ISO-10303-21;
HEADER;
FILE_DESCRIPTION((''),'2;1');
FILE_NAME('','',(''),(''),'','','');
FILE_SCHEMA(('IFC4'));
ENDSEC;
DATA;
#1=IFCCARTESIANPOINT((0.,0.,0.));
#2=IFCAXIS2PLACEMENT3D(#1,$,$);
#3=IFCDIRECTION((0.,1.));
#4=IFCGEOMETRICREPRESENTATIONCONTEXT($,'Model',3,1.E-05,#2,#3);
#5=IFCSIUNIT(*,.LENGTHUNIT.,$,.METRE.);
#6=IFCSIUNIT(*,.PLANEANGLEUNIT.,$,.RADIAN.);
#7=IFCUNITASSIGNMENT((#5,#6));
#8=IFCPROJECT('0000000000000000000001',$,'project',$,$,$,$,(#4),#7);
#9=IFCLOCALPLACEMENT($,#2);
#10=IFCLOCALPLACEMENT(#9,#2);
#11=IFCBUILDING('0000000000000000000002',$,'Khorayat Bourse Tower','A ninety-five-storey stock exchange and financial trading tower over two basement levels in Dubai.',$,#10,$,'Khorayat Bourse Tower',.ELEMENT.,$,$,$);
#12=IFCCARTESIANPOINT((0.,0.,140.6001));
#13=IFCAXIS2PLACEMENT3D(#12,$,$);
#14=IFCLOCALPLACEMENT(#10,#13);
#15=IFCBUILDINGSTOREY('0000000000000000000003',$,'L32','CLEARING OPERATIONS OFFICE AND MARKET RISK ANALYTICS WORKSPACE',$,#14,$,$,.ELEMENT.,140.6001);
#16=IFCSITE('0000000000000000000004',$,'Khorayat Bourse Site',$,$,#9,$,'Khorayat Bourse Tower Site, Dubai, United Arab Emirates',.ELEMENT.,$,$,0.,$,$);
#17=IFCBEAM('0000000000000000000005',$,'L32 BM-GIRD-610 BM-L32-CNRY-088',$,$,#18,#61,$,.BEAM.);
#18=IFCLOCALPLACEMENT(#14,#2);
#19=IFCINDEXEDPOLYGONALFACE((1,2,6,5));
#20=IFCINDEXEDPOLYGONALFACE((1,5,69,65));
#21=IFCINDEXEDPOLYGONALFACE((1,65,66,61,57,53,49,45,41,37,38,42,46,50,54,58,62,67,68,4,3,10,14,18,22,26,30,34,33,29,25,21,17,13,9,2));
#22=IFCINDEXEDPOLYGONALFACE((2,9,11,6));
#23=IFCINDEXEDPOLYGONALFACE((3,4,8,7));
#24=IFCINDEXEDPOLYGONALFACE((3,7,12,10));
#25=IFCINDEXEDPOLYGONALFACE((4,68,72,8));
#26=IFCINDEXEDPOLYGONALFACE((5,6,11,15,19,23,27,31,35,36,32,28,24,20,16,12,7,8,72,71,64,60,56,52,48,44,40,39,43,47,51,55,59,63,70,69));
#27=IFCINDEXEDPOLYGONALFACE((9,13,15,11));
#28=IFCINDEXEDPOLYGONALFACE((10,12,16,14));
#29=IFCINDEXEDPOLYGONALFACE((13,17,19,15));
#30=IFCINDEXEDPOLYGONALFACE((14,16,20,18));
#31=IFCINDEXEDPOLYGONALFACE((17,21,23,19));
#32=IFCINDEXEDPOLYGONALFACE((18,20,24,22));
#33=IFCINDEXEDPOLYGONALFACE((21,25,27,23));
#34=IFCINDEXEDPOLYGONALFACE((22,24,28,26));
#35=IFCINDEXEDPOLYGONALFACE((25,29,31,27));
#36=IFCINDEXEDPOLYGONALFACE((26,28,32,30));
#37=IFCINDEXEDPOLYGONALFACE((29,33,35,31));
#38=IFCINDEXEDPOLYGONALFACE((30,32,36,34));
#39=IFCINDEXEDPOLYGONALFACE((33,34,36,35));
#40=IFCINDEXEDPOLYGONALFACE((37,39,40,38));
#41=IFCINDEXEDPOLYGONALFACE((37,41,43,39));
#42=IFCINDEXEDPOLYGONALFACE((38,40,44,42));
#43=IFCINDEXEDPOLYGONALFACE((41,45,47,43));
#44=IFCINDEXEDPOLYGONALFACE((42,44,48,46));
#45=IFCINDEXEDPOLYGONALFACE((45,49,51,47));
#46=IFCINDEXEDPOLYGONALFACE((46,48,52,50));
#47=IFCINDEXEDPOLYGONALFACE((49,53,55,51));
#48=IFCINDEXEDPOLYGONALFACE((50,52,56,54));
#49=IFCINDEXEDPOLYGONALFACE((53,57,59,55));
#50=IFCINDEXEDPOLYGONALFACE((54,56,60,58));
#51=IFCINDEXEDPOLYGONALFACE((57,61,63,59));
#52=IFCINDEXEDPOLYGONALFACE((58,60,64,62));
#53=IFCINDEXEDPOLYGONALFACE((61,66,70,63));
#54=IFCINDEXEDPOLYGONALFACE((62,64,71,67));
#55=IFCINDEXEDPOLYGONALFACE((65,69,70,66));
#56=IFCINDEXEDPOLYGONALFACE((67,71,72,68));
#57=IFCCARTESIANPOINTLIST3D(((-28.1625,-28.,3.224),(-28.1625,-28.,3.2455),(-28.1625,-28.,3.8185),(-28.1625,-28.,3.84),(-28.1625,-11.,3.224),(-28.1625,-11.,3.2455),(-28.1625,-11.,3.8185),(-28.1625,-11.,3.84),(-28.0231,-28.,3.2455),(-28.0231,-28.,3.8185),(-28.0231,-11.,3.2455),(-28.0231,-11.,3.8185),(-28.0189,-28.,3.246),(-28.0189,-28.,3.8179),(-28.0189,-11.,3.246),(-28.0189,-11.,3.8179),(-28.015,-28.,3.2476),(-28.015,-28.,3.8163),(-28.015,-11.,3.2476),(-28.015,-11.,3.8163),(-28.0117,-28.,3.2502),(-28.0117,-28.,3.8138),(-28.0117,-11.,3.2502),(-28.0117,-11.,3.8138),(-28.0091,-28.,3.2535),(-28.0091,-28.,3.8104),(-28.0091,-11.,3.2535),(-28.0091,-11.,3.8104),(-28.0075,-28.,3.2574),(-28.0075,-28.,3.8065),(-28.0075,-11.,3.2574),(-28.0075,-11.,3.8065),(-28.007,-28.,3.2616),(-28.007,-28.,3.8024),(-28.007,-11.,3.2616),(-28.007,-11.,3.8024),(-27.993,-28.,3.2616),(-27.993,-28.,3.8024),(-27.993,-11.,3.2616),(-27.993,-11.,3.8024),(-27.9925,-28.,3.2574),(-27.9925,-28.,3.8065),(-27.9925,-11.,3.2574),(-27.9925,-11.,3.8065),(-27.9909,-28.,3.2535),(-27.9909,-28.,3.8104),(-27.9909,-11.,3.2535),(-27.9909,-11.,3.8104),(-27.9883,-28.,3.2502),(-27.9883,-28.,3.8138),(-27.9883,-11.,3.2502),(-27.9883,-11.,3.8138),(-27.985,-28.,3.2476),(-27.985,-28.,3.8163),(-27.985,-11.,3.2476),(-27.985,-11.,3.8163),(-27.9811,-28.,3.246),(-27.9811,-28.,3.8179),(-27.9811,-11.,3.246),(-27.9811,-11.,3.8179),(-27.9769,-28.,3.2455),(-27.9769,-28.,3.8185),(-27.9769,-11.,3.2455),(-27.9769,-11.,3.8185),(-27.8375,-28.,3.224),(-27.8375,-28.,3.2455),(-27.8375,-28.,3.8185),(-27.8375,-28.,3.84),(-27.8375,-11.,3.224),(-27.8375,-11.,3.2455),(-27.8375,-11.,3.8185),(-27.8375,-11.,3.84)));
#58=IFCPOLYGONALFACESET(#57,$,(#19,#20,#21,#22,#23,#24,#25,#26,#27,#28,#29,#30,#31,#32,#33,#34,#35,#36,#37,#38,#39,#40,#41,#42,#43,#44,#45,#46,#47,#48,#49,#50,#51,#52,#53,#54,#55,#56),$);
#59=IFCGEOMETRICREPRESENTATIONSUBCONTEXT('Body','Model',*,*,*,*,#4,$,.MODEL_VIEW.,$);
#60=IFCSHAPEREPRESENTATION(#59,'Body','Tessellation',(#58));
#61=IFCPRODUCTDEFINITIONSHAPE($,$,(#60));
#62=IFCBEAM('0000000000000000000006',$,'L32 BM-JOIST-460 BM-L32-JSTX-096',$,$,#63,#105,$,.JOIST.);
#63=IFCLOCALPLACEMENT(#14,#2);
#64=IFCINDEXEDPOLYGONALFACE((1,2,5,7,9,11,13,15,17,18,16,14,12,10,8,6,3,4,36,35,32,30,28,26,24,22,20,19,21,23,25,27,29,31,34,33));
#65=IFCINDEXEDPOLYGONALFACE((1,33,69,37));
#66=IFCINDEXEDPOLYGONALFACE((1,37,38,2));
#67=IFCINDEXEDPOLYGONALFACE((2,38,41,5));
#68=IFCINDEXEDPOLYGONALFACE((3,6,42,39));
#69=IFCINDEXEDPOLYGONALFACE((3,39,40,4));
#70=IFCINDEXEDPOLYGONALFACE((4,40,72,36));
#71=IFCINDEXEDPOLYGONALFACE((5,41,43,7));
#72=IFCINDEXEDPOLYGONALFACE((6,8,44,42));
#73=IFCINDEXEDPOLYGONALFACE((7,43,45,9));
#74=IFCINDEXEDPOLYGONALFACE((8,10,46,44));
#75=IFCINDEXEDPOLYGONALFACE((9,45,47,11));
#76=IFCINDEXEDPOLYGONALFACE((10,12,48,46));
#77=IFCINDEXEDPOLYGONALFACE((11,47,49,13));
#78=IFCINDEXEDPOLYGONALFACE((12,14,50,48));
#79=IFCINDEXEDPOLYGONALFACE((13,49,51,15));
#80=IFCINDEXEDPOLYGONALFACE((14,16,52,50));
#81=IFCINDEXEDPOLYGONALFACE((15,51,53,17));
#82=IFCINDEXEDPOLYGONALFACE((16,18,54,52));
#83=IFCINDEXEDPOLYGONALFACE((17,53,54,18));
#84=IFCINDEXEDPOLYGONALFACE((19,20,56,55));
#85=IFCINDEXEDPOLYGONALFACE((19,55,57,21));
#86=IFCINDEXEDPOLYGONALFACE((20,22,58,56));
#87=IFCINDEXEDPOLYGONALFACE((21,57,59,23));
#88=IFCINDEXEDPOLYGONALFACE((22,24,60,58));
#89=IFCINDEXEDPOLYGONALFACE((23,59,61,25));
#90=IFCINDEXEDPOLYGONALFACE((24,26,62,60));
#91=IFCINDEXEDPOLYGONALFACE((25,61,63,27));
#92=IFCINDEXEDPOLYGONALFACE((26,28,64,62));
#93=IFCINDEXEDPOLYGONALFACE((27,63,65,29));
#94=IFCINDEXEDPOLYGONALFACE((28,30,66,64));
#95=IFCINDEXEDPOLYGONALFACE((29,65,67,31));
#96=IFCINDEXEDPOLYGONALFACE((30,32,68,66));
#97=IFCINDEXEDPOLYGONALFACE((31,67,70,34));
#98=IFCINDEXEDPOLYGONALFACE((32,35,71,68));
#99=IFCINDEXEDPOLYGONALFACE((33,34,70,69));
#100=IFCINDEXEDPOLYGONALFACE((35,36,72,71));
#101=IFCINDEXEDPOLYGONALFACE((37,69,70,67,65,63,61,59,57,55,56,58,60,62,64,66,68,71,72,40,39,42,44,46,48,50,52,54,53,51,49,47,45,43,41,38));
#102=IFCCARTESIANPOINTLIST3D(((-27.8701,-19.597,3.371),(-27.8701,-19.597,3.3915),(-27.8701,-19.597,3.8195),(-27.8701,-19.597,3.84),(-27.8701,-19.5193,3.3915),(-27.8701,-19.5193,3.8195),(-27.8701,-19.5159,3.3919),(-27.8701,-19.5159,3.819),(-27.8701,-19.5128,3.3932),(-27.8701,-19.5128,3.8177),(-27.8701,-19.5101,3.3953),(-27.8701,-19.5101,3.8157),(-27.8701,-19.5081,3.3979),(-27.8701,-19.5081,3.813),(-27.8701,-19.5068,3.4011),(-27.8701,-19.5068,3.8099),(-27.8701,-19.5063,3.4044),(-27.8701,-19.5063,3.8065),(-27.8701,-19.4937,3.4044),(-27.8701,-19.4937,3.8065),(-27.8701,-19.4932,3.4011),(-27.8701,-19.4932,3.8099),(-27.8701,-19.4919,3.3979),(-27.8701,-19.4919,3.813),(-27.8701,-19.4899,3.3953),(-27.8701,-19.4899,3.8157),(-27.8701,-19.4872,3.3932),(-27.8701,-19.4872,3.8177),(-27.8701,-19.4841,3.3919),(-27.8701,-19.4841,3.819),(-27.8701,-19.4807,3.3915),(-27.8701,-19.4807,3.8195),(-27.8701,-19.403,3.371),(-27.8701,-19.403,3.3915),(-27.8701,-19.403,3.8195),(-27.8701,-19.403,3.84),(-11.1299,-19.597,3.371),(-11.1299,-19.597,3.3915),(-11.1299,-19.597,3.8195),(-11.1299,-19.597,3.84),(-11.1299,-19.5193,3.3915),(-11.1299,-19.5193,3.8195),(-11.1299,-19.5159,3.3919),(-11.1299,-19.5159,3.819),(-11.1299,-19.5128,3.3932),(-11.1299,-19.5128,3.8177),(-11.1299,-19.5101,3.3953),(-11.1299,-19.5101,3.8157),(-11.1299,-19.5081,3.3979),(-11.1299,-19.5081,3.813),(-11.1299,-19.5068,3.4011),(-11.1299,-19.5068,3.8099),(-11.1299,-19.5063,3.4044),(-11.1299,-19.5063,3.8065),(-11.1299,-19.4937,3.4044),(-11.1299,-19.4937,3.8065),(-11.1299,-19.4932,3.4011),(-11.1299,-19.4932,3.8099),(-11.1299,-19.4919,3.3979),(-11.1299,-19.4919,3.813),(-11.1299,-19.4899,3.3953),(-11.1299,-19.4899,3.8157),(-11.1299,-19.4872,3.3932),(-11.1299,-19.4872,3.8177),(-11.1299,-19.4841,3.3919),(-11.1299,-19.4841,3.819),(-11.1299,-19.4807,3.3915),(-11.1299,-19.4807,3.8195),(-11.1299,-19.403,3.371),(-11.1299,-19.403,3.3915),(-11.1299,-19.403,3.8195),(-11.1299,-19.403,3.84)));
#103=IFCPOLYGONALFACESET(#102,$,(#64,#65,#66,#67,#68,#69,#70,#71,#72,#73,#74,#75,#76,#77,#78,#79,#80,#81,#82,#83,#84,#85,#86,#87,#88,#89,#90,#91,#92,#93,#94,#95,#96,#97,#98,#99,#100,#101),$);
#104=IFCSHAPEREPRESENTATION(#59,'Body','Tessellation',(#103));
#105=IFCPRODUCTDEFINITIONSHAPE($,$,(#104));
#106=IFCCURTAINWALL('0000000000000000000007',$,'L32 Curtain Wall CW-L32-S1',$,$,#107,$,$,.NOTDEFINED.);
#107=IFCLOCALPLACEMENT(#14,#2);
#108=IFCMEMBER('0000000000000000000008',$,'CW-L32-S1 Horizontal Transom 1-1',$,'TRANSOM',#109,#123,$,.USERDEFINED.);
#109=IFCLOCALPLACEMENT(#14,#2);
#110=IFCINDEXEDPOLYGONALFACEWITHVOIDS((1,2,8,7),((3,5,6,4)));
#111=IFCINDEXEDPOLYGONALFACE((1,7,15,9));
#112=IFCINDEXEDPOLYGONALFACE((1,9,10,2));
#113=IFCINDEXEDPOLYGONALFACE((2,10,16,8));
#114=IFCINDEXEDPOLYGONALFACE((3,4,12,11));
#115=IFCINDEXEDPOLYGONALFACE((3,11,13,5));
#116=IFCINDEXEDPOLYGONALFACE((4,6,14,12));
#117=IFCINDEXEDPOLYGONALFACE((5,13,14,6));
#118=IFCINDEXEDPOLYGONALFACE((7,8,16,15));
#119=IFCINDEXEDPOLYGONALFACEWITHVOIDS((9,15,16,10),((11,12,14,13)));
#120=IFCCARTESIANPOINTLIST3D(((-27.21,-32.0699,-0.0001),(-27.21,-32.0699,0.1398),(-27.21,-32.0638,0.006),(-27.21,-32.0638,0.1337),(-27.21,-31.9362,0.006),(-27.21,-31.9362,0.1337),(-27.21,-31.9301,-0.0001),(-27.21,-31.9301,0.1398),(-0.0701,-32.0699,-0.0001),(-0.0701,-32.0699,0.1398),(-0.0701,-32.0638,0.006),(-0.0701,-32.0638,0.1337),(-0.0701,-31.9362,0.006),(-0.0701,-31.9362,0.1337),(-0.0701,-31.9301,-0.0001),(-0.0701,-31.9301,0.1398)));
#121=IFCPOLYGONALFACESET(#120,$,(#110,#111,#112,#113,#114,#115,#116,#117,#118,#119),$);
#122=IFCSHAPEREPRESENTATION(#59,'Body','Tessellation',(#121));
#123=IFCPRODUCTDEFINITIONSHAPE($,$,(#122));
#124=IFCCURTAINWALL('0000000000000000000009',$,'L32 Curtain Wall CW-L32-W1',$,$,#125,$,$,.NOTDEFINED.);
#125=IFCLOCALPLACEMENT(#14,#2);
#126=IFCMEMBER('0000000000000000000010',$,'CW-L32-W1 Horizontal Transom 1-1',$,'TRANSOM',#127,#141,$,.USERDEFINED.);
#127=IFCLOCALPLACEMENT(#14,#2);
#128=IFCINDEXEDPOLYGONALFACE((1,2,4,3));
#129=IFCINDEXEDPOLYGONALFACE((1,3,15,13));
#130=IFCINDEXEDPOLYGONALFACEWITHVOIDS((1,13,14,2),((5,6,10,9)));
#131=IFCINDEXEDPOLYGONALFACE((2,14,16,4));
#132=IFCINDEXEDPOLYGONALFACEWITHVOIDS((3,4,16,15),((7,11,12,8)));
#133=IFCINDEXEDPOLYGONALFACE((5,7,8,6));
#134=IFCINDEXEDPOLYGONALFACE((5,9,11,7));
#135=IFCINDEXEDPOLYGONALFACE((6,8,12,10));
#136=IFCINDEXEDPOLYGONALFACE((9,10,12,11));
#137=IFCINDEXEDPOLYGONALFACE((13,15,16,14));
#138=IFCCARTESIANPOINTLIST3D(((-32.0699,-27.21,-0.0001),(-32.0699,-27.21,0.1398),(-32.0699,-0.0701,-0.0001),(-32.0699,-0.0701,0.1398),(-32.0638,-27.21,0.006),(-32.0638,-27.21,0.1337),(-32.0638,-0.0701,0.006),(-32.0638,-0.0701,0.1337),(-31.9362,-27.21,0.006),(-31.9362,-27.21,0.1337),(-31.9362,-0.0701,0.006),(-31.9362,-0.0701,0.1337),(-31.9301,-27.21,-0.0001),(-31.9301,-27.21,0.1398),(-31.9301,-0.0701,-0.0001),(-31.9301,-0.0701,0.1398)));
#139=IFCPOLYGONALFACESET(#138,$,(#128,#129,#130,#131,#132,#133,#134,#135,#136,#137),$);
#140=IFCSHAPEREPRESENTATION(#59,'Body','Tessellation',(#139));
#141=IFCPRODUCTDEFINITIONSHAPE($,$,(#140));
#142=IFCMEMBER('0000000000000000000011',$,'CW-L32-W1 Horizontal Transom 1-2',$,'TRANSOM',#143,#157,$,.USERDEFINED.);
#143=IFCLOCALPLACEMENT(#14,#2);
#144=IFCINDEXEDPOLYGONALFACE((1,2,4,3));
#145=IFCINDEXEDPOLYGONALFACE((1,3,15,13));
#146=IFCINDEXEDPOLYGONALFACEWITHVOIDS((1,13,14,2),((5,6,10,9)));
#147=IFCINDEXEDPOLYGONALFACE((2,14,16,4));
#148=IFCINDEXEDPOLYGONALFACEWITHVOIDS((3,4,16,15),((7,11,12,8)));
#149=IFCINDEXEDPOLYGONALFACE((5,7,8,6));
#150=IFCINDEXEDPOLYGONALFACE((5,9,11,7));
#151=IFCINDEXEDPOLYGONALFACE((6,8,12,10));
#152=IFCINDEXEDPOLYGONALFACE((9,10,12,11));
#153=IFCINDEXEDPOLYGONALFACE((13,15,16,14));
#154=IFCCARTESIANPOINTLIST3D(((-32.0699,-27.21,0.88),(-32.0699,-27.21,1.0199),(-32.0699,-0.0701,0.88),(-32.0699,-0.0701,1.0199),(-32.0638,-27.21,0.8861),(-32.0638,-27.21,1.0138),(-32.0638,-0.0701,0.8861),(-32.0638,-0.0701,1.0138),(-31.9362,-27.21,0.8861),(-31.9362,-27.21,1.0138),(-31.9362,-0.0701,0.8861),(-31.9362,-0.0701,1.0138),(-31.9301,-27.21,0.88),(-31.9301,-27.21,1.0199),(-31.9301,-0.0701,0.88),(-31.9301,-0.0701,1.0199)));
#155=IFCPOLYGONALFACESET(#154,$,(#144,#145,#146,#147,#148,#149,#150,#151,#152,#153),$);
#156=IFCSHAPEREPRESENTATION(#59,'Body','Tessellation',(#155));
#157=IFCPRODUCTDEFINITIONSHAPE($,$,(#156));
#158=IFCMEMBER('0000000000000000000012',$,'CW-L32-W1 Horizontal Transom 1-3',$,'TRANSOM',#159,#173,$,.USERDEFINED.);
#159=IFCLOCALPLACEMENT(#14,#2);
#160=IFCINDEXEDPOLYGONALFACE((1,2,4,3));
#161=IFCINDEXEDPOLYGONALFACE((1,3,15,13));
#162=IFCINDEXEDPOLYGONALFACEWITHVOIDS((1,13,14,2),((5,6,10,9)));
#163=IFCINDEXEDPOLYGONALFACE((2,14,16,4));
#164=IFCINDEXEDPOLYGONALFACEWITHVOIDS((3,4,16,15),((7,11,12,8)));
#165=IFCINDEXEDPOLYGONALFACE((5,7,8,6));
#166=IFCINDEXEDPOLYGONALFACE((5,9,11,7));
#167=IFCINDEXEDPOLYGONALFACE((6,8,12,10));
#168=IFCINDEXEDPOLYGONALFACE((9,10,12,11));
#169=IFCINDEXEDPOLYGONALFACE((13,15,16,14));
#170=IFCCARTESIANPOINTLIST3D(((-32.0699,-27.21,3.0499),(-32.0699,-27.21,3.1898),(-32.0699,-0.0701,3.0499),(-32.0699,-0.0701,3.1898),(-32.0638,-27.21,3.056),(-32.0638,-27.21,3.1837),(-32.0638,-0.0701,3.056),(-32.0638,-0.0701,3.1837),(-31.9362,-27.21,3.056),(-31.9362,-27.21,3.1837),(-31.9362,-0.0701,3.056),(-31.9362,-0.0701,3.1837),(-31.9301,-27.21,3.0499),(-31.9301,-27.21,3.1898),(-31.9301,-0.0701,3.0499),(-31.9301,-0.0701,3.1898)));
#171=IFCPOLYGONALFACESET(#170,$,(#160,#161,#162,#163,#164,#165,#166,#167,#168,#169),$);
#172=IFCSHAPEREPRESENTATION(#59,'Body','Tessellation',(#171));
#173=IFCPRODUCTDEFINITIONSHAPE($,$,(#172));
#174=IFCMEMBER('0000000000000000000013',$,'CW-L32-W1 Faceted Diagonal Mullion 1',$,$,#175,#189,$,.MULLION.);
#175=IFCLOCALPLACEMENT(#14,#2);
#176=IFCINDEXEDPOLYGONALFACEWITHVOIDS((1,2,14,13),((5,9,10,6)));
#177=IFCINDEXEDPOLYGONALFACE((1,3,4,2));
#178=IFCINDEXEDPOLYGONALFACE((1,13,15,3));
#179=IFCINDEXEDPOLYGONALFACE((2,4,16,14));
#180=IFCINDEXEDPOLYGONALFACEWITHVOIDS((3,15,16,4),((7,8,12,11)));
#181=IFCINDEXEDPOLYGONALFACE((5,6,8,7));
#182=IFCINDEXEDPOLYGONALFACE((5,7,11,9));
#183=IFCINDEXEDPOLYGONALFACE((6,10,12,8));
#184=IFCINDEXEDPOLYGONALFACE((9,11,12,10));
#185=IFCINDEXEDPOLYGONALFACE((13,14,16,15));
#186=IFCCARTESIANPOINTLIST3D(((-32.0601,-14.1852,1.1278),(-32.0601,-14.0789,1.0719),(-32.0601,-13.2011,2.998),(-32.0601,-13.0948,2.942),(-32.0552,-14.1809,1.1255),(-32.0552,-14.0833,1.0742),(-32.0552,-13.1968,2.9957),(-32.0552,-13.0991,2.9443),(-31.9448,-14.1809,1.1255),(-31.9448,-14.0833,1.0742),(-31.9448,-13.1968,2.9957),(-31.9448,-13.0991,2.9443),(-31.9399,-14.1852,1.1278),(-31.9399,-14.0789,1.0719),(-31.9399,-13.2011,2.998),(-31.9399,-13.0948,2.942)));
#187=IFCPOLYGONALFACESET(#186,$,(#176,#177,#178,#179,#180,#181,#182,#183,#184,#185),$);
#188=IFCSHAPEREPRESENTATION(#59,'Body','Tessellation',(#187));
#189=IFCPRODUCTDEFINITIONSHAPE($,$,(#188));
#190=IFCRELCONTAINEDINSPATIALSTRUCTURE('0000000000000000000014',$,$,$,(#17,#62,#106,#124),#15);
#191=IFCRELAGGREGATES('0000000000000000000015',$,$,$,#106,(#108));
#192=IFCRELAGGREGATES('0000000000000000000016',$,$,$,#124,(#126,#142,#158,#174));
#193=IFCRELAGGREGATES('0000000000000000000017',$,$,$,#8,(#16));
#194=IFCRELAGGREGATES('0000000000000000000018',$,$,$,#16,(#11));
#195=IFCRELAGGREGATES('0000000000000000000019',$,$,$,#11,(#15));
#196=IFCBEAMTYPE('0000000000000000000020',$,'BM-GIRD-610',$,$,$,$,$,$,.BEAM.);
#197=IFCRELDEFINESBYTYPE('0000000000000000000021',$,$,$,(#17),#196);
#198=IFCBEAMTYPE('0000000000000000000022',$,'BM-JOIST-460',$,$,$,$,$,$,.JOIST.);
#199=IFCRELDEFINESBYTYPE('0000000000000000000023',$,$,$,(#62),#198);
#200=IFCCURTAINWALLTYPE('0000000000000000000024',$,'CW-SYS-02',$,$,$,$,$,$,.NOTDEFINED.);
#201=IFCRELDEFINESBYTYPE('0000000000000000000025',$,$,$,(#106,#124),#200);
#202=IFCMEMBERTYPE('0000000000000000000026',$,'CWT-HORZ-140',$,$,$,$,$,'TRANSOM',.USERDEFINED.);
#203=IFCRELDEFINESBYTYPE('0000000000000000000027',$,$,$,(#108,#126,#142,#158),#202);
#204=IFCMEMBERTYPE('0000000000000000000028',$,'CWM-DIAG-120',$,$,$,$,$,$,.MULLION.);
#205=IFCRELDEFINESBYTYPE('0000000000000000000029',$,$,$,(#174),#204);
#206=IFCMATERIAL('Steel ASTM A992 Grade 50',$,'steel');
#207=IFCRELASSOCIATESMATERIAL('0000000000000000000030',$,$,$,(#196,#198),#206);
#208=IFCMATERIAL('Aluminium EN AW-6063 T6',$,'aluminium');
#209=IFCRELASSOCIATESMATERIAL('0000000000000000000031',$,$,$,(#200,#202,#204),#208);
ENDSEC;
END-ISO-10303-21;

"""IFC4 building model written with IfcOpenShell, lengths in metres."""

from ifc_helpers import new_model, si_unit, direction, frame, origin, origin_2d, place, context, subcontext, project, spatial, hollow_rectangle, i_section, extrude, source, transform, mapped, material, material_profile, profile_set, type_object, element, aggregate, save


model = new_model("IFC4")

# Units and contexts
model_context = context("Model", 3, precision=1e-05, world=origin(), true_north=direction((0.0, 1.0)))
body_context = subcontext(model_context, "Body", "Model", "MODEL_VIEW")
ifc_project = project(units=[si_unit("LENGTHUNIT", "METRE"), si_unit("PLANEANGLEUNIT", "RADIAN")], contexts=[model_context])

# Site, building, storey
site_placement = place(None, origin())
site = spatial("IfcSite", under=ifc_project, at=site_placement, Name="Khorayat Bourse Site", LongName="Khorayat Bourse Tower Site, Dubai, United Arab Emirates", CompositionType="ELEMENT", RefElevation=0.0)
building_placement = place(site_placement, origin())
building = spatial("IfcBuilding", under=site, at=building_placement, Name="Khorayat Bourse Tower", Description="A ninety-five-storey stock exchange and financial trading tower over two basement levels in Dubai.", LongName="Khorayat Bourse Tower", CompositionType="ELEMENT")
storey_placement = place(building_placement, frame((0.0, 0.0, 140.6001)))
storey = spatial("IfcBuildingStorey", under=building, at=storey_placement, Name="L32", Description="CLEARING OPERATIONS OFFICE AND MARKET RISK ANALYTICS WORKSPACE", CompositionType="ELEMENT", Elevation=140.6001)

# Beams
ifc_material_1 = material(Name="Steel ASTM A992 Grade 50", Category="steel")
ifc_material_profile_1 = material_profile(ifc_material_1, i_section(OverallWidth=0.325, OverallDepth=0.616, WebThickness=0.0139, FlangeThickness=0.0215, FilletRadius=0.0161, at=origin_2d()), Name="W610X174")
ifc_profile_set_1 = profile_set([ifc_material_profile_1], Name="Steel ASTM A992 Grade 50")
beam_type_1 = type_object("IfcBeamType", Name="BM-GIRD-610", PredefinedType="BEAM", material=ifc_profile_set_1)
shared_shape_1 = source(origin(), body_context, "Body", "SweptSolid", [
    extrude(i_section(OverallWidth=0.325, OverallDepth=0.616, WebThickness=0.0139, FlangeThickness=0.0215, FilletRadius=0.0161, at=origin_2d()), origin(), (0.0, 0.0, 1.0), 17.0),
])
beam_1_placement = place(storey_placement, frame((-28.0, -28.0, 3.532), z_axis=(0.0, 1.0, 0.0), x_axis=(-1.0, 0.0, 0.0)))
element("IfcBeam", 1, at=beam_1_placement, inside=storey, type_object=beam_type_1, Name="L32 BM-GIRD-610 BM-L32-CNRY-088", PredefinedType="BEAM", context=body_context, shape_type="MappedRepresentation", body=[
    mapped(shared_shape_1, transform((0.0, 0.0, 0.0), scale=1.0)),
])
ifc_material_profile_2 = material_profile(ifc_material_1, i_section(OverallWidth=0.1941, OverallDepth=0.469, WebThickness=0.0127, FlangeThickness=0.0205, FilletRadius=0.0129, at=origin_2d()), Name="W460X106")
ifc_profile_set_2 = profile_set([ifc_material_profile_2], Name="Steel ASTM A992 Grade 50")
beam_type_2 = type_object("IfcBeamType", Name="BM-JOIST-460", PredefinedType="JOIST", material=ifc_profile_set_2)
shared_shape_2 = source(origin(), body_context, "Body", "SweptSolid", [
    extrude(i_section(OverallWidth=0.1941, OverallDepth=0.469, WebThickness=0.0127, FlangeThickness=0.0205, FilletRadius=0.0129, at=origin_2d()), origin(), (0.0, 0.0, 1.0), 16.7402),
])
beam_2_placement = place(storey_placement, frame((-27.8701, -19.5, 3.6055), z_axis=(1.0, 0.0, 0.0), x_axis=(0.0, 1.0, 0.0)))
element("IfcBeam", 2, at=beam_2_placement, inside=storey, type_object=beam_type_2, Name="L32 BM-JOIST-460 BM-L32-JSTX-096", PredefinedType="JOIST", context=body_context, shape_type="MappedRepresentation", body=[
    mapped(shared_shape_2, transform((0.0, 0.0, 0.0), scale=1.0)),
])

# Curtain wall, member
ifc_material_2 = material(Name="Aluminium EN AW-6063 T6", Category="aluminium")
curtain_wall_type = type_object("IfcCurtainWallType", Name="CW-SYS-02", PredefinedType="NOTDEFINED", material=ifc_material_2)
curtain_wall_1_placement = place(storey_placement, origin())
curtain_wall_1 = element("IfcCurtainWall", 3, at=curtain_wall_1_placement, inside=storey, type_object=curtain_wall_type, Name="L32 Curtain Wall CW-L32-S1", PredefinedType="NOTDEFINED")
ifc_material_profile_3 = material_profile(ifc_material_2, hollow_rectangle(XDim=0.1399, YDim=0.1399, WallThickness=0.0061, at=origin_2d()), Name="ALU 140x140x6")
ifc_profile_set_3 = profile_set([ifc_material_profile_3], Name="Aluminium EN AW-6063 T6")
member_type_1 = type_object("IfcMemberType", Name="CWT-HORZ-140", ElementType="TRANSOM", PredefinedType="USERDEFINED", material=ifc_profile_set_3)
shared_shape_3 = source(origin(), body_context, "Body", "SweptSolid", [
    extrude(hollow_rectangle(XDim=0.1399, YDim=0.1399, WallThickness=0.0061, at=origin_2d()), origin(), (0.0, 0.0, 1.0), 27.1399),
])
member_1_placement = place(storey_placement, frame((-27.21, -32.0, 0.0698), z_axis=(1.0, 0.0, 0.0), x_axis=(0.0, 1.0, 0.0)))
member_1 = element("IfcMember", 4, at=member_1_placement, type_object=member_type_1, Name="CW-L32-S1 Horizontal Transom 1-1", ObjectType="TRANSOM", PredefinedType="USERDEFINED", context=body_context, shape_type="MappedRepresentation", body=[
    mapped(shared_shape_3, transform((0.0, 0.0, 0.0), scale=1.0)),
])

# Curtain wall, members
curtain_wall_2_placement = place(storey_placement, origin())
curtain_wall_2 = element("IfcCurtainWall", 5, at=curtain_wall_2_placement, inside=storey, type_object=curtain_wall_type, Name="L32 Curtain Wall CW-L32-W1", PredefinedType="NOTDEFINED")
member_2_placement = place(storey_placement, frame((-32.0, -27.21, 0.0698), z_axis=(0.0, 1.0, 0.0), x_axis=(-1.0, 0.0, 0.0)))
member_2 = element("IfcMember", 6, at=member_2_placement, type_object=member_type_1, Name="CW-L32-W1 Horizontal Transom 1-1", ObjectType="TRANSOM", PredefinedType="USERDEFINED", context=body_context, shape_type="MappedRepresentation", body=[
    mapped(shared_shape_3, transform((0.0, 0.0, 0.0), scale=1.0)),
])
member_3_placement = place(storey_placement, frame((-32.0, -27.21, 0.95), z_axis=(0.0, 1.0, 0.0), x_axis=(-1.0, 0.0, 0.0)))
member_3 = element("IfcMember", 7, at=member_3_placement, type_object=member_type_1, Name="CW-L32-W1 Horizontal Transom 1-2", ObjectType="TRANSOM", PredefinedType="USERDEFINED", context=body_context, shape_type="MappedRepresentation", body=[
    mapped(shared_shape_3, transform((0.0, 0.0, 0.0), scale=1.0)),
])
member_4_placement = place(storey_placement, frame((-32.0, -27.21, 3.1199), z_axis=(0.0, 1.0, 0.0), x_axis=(-1.0, 0.0, 0.0)))
member_4 = element("IfcMember", 8, at=member_4_placement, type_object=member_type_1, Name="CW-L32-W1 Horizontal Transom 1-3", ObjectType="TRANSOM", PredefinedType="USERDEFINED", context=body_context, shape_type="MappedRepresentation", body=[
    mapped(shared_shape_3, transform((0.0, 0.0, 0.0), scale=1.0)),
])
ifc_material_profile_4 = material_profile(ifc_material_2, hollow_rectangle(XDim=0.1201, YDim=0.1201, WallThickness=0.0049, at=origin_2d()), Name="ALU 120x120x5")
ifc_profile_set_4 = profile_set([ifc_material_profile_4], Name="Aluminium EN AW-6063 T6")
member_type_2 = type_object("IfcMemberType", Name="CWM-DIAG-120", PredefinedType="MULLION", material=ifc_profile_set_4)
shared_shape_4 = source(origin(), body_context, "Body", "SweptSolid", [
    extrude(hollow_rectangle(XDim=0.1201, YDim=0.1201, WallThickness=0.0049, at=origin_2d()), origin(), (0.0, 0.0, 1.0), 2.1133),
])
member_5_placement = place(storey_placement, frame((-32.0, -14.1321, 1.0999), z_axis=(0.0, 0.465694, 0.884946), x_axis=(-1.0, 0.0, 0.0)))
member_5 = element("IfcMember", 9, at=member_5_placement, type_object=member_type_2, Name="CW-L32-W1 Faceted Diagonal Mullion 1", PredefinedType="MULLION", context=body_context, shape_type="MappedRepresentation", body=[
    mapped(shared_shape_4, transform((0.0, 0.0, 0.0), scale=1.0)),
])

aggregate(curtain_wall_1, [member_1])

aggregate(curtain_wall_2, [member_2, member_3, member_4, member_5])

save(model, "model.ifc")
